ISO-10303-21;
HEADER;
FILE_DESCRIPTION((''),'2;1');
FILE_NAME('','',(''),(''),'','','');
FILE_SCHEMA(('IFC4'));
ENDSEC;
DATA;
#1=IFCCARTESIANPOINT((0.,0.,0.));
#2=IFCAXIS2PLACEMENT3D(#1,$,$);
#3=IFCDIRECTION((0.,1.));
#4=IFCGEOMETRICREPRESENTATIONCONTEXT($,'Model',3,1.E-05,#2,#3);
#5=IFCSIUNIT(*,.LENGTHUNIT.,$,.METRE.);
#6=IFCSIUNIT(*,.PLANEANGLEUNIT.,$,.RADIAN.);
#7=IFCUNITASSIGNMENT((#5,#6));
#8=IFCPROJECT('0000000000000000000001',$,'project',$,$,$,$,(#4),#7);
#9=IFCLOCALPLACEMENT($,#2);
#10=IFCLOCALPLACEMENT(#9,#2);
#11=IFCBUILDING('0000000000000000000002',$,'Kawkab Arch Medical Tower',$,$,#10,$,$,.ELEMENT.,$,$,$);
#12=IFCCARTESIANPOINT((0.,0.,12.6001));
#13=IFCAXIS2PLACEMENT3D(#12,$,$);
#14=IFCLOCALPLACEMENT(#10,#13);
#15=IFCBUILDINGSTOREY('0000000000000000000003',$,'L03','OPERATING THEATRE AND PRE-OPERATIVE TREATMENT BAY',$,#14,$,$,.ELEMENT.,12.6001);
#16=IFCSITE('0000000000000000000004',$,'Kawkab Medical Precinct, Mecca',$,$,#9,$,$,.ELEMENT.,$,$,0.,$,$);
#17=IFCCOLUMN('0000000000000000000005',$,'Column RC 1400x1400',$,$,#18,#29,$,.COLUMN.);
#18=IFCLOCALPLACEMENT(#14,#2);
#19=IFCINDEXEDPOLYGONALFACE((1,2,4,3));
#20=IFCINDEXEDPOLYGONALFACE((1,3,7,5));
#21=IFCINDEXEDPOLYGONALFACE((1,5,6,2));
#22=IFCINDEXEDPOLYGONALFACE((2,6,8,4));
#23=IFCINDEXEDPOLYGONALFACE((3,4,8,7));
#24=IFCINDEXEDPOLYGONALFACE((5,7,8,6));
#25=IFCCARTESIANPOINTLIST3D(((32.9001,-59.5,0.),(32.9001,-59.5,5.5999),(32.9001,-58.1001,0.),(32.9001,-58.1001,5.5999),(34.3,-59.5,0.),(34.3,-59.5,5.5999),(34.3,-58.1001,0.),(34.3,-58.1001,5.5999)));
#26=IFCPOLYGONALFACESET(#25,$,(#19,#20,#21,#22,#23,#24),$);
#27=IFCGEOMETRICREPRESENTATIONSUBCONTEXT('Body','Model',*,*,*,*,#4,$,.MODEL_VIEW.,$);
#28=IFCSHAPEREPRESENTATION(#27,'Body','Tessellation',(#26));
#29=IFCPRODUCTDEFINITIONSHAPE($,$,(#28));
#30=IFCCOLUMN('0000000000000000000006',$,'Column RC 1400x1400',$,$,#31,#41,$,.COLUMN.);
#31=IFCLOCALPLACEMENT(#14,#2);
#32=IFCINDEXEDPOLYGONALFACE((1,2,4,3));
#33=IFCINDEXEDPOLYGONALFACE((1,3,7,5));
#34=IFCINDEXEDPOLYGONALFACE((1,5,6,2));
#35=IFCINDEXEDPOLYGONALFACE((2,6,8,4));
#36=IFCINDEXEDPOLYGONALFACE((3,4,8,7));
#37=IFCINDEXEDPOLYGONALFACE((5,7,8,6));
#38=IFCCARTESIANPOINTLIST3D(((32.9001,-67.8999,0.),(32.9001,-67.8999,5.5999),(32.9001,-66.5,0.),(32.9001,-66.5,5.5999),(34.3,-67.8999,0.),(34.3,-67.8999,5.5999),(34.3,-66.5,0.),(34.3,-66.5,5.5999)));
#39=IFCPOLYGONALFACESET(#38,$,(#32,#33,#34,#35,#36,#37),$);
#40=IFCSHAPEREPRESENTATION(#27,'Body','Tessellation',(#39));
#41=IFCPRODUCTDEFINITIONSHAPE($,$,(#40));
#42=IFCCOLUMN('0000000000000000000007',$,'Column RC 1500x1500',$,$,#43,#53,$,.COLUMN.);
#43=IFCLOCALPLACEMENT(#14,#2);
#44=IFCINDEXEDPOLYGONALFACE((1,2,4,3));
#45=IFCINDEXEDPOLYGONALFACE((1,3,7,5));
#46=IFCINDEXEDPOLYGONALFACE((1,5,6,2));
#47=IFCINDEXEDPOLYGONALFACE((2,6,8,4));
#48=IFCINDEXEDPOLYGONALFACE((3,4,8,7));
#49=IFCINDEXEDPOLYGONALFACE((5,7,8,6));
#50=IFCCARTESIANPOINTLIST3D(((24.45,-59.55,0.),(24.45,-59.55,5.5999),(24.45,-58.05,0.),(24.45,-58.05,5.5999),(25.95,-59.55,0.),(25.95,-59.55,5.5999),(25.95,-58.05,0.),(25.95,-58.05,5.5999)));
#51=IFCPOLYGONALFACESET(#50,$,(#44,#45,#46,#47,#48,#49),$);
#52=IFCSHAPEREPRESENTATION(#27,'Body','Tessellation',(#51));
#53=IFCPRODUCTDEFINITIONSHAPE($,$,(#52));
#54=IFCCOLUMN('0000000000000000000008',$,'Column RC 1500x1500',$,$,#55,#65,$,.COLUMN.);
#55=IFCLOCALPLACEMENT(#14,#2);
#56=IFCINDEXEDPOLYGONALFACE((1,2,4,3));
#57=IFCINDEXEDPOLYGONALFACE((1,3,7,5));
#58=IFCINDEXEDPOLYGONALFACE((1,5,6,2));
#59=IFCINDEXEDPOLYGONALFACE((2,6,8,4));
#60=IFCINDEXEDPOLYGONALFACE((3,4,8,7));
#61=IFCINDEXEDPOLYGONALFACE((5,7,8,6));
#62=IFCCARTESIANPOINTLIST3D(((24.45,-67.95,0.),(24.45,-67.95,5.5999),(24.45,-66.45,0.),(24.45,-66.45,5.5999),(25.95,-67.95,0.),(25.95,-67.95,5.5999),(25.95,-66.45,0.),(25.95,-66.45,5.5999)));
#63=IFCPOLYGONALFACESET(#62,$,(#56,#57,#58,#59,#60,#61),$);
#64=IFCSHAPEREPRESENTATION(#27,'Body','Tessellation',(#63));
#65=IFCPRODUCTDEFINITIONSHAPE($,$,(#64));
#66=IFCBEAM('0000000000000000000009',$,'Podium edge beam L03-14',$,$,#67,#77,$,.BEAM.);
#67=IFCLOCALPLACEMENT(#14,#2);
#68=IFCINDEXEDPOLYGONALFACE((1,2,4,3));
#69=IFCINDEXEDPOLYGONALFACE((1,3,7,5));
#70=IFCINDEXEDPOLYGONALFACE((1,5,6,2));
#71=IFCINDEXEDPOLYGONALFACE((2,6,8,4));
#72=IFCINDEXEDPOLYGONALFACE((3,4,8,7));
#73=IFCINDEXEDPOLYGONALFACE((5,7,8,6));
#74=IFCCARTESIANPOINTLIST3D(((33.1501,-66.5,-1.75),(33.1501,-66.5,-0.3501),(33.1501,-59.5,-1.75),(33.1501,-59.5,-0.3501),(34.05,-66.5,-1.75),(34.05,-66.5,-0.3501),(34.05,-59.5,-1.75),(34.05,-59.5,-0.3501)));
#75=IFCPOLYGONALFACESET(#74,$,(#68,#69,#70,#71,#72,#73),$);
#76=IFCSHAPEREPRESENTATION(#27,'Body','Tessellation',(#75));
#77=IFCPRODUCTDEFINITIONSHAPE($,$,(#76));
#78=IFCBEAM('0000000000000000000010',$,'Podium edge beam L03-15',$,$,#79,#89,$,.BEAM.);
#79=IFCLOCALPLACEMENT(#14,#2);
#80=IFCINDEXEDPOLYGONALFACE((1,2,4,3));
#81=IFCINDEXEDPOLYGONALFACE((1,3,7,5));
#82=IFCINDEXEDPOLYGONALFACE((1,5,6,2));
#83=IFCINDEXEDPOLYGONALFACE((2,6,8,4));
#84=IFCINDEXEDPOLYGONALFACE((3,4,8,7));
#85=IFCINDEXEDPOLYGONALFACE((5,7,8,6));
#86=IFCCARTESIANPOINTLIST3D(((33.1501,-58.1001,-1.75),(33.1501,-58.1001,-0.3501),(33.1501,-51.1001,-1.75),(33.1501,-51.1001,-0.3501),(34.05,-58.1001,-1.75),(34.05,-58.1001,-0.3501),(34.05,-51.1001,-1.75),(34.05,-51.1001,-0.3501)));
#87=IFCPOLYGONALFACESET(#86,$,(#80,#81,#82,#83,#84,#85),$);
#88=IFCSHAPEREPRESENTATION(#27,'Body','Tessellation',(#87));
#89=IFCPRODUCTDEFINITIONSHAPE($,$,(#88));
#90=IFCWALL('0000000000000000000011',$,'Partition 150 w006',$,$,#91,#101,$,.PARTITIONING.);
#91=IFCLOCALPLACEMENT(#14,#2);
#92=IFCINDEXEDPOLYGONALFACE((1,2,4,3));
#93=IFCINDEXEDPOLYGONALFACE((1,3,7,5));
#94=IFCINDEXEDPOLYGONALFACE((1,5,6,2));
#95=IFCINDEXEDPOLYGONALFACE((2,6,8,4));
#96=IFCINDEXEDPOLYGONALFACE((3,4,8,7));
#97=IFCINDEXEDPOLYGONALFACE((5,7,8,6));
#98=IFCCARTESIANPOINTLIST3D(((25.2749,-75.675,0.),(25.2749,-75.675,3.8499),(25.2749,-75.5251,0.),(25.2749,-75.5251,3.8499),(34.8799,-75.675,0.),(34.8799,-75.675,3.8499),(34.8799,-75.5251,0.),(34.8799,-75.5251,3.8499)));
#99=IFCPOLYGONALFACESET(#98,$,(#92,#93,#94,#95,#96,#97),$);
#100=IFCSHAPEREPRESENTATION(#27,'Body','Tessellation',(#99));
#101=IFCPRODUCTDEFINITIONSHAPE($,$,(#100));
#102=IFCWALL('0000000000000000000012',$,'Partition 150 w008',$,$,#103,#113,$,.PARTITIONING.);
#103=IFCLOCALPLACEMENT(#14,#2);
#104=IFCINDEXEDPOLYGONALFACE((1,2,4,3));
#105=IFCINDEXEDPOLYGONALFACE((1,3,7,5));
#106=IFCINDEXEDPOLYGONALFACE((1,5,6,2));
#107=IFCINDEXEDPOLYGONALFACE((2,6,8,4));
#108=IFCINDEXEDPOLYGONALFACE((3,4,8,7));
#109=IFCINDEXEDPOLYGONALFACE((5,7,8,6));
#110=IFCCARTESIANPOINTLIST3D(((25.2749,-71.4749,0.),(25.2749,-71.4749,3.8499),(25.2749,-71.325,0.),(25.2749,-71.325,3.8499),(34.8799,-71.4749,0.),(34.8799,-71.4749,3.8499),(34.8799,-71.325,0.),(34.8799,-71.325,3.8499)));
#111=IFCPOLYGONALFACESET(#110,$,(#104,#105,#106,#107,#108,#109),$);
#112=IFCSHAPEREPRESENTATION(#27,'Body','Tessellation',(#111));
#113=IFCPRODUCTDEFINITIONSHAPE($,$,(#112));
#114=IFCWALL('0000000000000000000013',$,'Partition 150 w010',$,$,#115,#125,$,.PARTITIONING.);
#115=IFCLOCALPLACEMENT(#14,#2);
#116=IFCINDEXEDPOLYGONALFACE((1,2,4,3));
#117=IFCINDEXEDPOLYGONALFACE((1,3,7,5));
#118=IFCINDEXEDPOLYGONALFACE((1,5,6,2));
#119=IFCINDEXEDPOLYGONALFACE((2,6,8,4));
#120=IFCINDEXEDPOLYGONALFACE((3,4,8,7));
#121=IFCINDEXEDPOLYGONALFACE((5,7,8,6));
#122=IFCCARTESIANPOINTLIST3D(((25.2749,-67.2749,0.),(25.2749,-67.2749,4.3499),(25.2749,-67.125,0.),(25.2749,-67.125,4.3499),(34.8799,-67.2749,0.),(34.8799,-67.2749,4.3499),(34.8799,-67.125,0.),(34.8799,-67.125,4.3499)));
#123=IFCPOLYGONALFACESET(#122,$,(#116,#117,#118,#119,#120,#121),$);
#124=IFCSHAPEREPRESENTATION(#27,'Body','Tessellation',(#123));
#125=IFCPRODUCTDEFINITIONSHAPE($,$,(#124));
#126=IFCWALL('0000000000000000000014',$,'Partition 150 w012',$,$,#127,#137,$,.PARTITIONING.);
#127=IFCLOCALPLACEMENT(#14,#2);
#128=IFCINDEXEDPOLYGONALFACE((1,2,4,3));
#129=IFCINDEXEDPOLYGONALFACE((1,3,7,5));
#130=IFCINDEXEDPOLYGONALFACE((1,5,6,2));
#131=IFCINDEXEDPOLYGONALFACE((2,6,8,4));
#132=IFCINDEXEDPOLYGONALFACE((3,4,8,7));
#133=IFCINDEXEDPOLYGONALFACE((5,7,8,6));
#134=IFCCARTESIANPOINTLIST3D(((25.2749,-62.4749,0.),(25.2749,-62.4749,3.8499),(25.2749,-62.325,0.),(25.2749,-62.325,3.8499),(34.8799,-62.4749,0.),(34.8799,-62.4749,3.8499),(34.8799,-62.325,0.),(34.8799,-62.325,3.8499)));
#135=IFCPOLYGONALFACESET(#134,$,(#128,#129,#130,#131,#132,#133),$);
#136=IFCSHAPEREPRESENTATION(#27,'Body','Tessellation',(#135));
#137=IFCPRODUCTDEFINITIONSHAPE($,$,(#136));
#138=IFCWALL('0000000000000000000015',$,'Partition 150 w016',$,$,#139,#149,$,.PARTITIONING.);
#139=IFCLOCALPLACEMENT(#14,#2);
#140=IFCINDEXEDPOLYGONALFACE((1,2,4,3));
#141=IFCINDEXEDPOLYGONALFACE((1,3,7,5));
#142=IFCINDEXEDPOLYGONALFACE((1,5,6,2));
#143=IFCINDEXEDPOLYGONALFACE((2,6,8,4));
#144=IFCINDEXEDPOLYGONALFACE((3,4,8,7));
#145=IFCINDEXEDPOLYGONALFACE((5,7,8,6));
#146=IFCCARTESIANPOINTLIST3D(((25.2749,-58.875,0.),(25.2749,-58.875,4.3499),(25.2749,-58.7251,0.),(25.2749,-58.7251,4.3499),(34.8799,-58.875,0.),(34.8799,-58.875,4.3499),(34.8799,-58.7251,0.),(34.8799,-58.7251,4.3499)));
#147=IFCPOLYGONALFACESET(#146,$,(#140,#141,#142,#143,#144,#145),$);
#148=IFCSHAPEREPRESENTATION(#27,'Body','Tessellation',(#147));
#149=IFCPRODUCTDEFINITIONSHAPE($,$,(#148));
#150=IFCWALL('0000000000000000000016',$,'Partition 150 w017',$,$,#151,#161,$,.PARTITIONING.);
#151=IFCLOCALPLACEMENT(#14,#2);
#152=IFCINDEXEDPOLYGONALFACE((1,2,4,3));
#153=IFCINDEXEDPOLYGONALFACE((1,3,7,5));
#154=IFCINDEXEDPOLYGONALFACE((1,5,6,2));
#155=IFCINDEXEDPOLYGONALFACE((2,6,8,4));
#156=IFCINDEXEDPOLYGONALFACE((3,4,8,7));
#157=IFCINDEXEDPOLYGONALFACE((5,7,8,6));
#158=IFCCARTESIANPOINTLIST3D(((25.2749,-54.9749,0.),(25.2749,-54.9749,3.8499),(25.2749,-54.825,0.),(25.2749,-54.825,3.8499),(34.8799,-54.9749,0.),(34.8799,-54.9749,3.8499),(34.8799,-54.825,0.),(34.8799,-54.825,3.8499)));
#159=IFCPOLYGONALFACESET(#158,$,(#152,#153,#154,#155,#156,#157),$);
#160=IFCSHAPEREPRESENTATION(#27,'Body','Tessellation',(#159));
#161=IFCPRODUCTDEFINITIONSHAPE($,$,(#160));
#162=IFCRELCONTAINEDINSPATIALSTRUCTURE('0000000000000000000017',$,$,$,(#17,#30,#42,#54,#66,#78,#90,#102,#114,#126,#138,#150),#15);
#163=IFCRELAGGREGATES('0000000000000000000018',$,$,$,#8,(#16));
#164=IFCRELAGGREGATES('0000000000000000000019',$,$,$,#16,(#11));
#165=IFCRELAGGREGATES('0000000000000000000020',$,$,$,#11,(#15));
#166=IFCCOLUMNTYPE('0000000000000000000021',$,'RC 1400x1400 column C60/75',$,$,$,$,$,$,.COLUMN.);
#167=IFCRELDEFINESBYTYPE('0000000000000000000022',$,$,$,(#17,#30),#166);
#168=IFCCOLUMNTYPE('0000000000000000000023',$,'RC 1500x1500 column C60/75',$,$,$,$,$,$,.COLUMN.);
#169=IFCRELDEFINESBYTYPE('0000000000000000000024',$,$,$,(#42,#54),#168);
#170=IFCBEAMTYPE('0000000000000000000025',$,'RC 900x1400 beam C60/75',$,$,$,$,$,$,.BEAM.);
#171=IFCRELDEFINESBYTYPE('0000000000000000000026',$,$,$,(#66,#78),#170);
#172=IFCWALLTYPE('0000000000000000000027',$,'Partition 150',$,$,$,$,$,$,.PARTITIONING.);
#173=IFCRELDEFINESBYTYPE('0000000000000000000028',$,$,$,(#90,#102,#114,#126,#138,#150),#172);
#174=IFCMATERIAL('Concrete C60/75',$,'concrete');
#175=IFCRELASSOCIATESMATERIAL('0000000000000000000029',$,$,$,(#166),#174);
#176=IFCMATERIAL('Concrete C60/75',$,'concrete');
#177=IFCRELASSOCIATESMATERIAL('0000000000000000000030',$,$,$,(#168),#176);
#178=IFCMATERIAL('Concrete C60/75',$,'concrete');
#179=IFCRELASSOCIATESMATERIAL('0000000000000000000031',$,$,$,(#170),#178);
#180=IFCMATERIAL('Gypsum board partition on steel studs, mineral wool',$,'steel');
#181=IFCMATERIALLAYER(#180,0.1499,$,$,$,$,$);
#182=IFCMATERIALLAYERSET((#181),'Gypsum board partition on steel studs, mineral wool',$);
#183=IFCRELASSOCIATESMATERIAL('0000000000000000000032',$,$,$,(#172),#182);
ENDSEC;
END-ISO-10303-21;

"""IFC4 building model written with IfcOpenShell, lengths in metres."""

from ifc_helpers import new_model, si_unit, direction, frame, frame_2d, origin, origin_2d, place, context, subcontext, project, spatial, rectangle, extrude, material, layer, layer_set, material_profile, profile_set, type_object, element, save


model = new_model("IFC4")

# Units and contexts
model_context = context("Model", 3, precision=1e-05, world=origin(), true_north=direction((0.0, 1.0)))
body_context = subcontext(model_context, "Body", "Model", "MODEL_VIEW")
ifc_project = project(units=[si_unit("LENGTHUNIT", "METRE"), si_unit("PLANEANGLEUNIT", "RADIAN")], contexts=[model_context])

# Site, building, storey
site_placement = place(None, origin())
site = spatial("IfcSite", under=ifc_project, at=site_placement, Name="Kawkab Medical Precinct, Mecca", CompositionType="ELEMENT", RefElevation=0.0)
building_placement = place(site_placement, origin())
building = spatial("IfcBuilding", under=site, at=building_placement, Name="Kawkab Arch Medical Tower", CompositionType="ELEMENT")
storey_placement = place(building_placement, frame((0.0, 0.0, 12.6001)))
storey = spatial("IfcBuildingStorey", under=building, at=storey_placement, Name="L03", Description="OPERATING THEATRE AND PRE-OPERATIVE TREATMENT BAY", CompositionType="ELEMENT", Elevation=12.6001)

# Columns
ifc_material_1 = material(Name="Concrete C60/75", Category="concrete")
ifc_material_profile_1 = material_profile(ifc_material_1, rectangle(XDim=1.3999, YDim=1.3999, at=origin_2d()), Name="RC 1400x1400")
ifc_profile_set_1 = profile_set([ifc_material_profile_1], Name="Concrete C60/75")
column_type_1 = type_object("IfcColumnType", Name="RC 1400x1400 column C60/75", PredefinedType="COLUMN", material=ifc_profile_set_1)
for number, where, z_axis, x_axis, name in (
    (1, (33.6001, -58.8, 0.0), (0.0, 0.0, 1.0), (1.0, 0.0, 0.0), "Column RC 1400x1400"),
    (2, (33.6001, -67.2, 0.0), (0.0, 0.0, 1.0), (1.0, 0.0, 0.0), "Column RC 1400x1400"),
):
    element("IfcColumn", number, at=place(storey_placement, frame(where, z_axis=z_axis, x_axis=x_axis)), inside=storey, type_object=column_type_1, Name=name, PredefinedType="COLUMN", context=body_context, shape_type="SweptSolid", body=[
        extrude(rectangle(XDim=1.3999, YDim=1.3999, at=origin_2d()), origin(), (0.0, 0.0, 1.0), 5.5999),
    ])
ifc_material_2 = material(Name="Concrete C60/75", Category="concrete")
ifc_material_profile_2 = material_profile(ifc_material_2, rectangle(XDim=1.5, YDim=1.5, at=origin_2d()), Name="RC 1500x1500")
ifc_profile_set_2 = profile_set([ifc_material_profile_2], Name="Concrete C60/75")
column_type_2 = type_object("IfcColumnType", Name="RC 1500x1500 column C60/75", PredefinedType="COLUMN", material=ifc_profile_set_2)
for number, where, z_axis, x_axis, name in (
    (3, (25.2, -58.8, 0.0), (0.0, 0.0, 1.0), (1.0, 0.0, 0.0), "Column RC 1500x1500"),
    (4, (25.2, -67.2, 0.0), (0.0, 0.0, 1.0), (1.0, 0.0, 0.0), "Column RC 1500x1500"),
):
    element("IfcColumn", number, at=place(storey_placement, frame(where, z_axis=z_axis, x_axis=x_axis)), inside=storey, type_object=column_type_2, Name=name, PredefinedType="COLUMN", context=body_context, shape_type="SweptSolid", body=[
        extrude(rectangle(XDim=1.5, YDim=1.5, at=origin_2d()), origin(), (0.0, 0.0, 1.0), 5.5999),
    ])

# Beams
ifc_material_3 = material(Name="Concrete C60/75", Category="concrete")
ifc_material_profile_3 = material_profile(ifc_material_3, rectangle(XDim=0.8999, YDim=1.3999, at=origin_2d()), Name="RC 900x1400")
ifc_profile_set_3 = profile_set([ifc_material_profile_3], Name="Concrete C60/75")
beam_type = type_object("IfcBeamType", Name="RC 900x1400 beam C60/75", PredefinedType="BEAM", material=ifc_profile_set_3)
for number, where, z_axis, x_axis, name in (
    (5, (33.6001, -66.5, -1.05), (0.0, 1.0, 0.0), (-1.0, 0.0, 0.0), "Podium edge beam L03-14"),
    (6, (33.6001, -58.1001, -1.05), (0.0, 1.0, 0.0), (-1.0, 0.0, 0.0), "Podium edge beam L03-15"),
):
    element("IfcBeam", number, at=place(storey_placement, frame(where, z_axis=z_axis, x_axis=x_axis)), inside=storey, type_object=beam_type, Name=name, PredefinedType="BEAM", context=body_context, shape_type="SweptSolid", body=[
        extrude(rectangle(XDim=0.8999, YDim=1.3999, at=origin_2d()), origin(), (0.0, 0.0, 1.0), 7.0),
    ])

# Walls
ifc_material_4 = material(Name="Gypsum board partition on steel studs, mineral wool", Category="steel")
ifc_layer = layer(ifc_material_4, 0.1499)
ifc_layer_set = layer_set([ifc_layer], Name="Gypsum board partition on steel studs, mineral wool")
wall_type = type_object("IfcWallType", Name="Partition 150", PredefinedType="PARTITIONING", material=ifc_layer_set)
for number, where, z_axis, x_axis, name in (
    (7, (25.2749, -75.6001, 0.0), (0.0, 0.0, 1.0), (1.0, 0.0, 0.0), "Partition 150 w006"),
    (8, (25.2749, -71.3999, 0.0), (0.0, 0.0, 1.0), (1.0, 0.0, 0.0), "Partition 150 w008"),
):
    element("IfcWall", number, at=place(storey_placement, frame(where, z_axis=z_axis, x_axis=x_axis)), inside=storey, type_object=wall_type, Name=name, PredefinedType="PARTITIONING", context=body_context, shape_type="SweptSolid", body=[
        extrude(rectangle(XDim=9.605, YDim=0.1499, at=frame_2d((4.8025, 0.0))), origin(), (0.0, 0.0, 1.0), 3.8499),
    ])
wall_1_placement = place(storey_placement, frame((25.2749, -67.2, 0.0), z_axis=(0.0, 0.0, 1.0), x_axis=(1.0, 0.0, 0.0)))
element("IfcWall", 9, at=wall_1_placement, inside=storey, type_object=wall_type, Name="Partition 150 w010", PredefinedType="PARTITIONING", context=body_context, shape_type="SweptSolid", body=[
    extrude(rectangle(XDim=9.605, YDim=0.1499, at=frame_2d((4.8025, 0.0))), origin(), (0.0, 0.0, 1.0), 4.3499),
])
wall_2_placement = place(storey_placement, frame((25.2749, -62.3999, 0.0), z_axis=(0.0, 0.0, 1.0), x_axis=(1.0, 0.0, 0.0)))
element("IfcWall", 10, at=wall_2_placement, inside=storey, type_object=wall_type, Name="Partition 150 w012", PredefinedType="PARTITIONING", context=body_context, shape_type="SweptSolid", body=[
    extrude(rectangle(XDim=9.605, YDim=0.1499, at=frame_2d((4.8025, 0.0))), origin(), (0.0, 0.0, 1.0), 3.8499),
])
wall_3_placement = place(storey_placement, frame((25.2749, -58.8, 0.0), z_axis=(0.0, 0.0, 1.0), x_axis=(1.0, 0.0, 0.0)))
element("IfcWall", 11, at=wall_3_placement, inside=storey, type_object=wall_type, Name="Partition 150 w016", PredefinedType="PARTITIONING", context=body_context, shape_type="SweptSolid", body=[
    extrude(rectangle(XDim=9.605, YDim=0.1499, at=frame_2d((4.8025, 0.0))), origin(), (0.0, 0.0, 1.0), 4.3499),
])
wall_4_placement = place(storey_placement, frame((25.2749, -54.8999, 0.0), z_axis=(0.0, 0.0, 1.0), x_axis=(1.0, 0.0, 0.0)))
element("IfcWall", 12, at=wall_4_placement, inside=storey, type_object=wall_type, Name="Partition 150 w017", PredefinedType="PARTITIONING", context=body_context, shape_type="SweptSolid", body=[
    extrude(rectangle(XDim=9.605, YDim=0.1499, at=frame_2d((4.8025, 0.0))), origin(), (0.0, 0.0, 1.0), 3.8499),
])

save(model, "model.ifc")
